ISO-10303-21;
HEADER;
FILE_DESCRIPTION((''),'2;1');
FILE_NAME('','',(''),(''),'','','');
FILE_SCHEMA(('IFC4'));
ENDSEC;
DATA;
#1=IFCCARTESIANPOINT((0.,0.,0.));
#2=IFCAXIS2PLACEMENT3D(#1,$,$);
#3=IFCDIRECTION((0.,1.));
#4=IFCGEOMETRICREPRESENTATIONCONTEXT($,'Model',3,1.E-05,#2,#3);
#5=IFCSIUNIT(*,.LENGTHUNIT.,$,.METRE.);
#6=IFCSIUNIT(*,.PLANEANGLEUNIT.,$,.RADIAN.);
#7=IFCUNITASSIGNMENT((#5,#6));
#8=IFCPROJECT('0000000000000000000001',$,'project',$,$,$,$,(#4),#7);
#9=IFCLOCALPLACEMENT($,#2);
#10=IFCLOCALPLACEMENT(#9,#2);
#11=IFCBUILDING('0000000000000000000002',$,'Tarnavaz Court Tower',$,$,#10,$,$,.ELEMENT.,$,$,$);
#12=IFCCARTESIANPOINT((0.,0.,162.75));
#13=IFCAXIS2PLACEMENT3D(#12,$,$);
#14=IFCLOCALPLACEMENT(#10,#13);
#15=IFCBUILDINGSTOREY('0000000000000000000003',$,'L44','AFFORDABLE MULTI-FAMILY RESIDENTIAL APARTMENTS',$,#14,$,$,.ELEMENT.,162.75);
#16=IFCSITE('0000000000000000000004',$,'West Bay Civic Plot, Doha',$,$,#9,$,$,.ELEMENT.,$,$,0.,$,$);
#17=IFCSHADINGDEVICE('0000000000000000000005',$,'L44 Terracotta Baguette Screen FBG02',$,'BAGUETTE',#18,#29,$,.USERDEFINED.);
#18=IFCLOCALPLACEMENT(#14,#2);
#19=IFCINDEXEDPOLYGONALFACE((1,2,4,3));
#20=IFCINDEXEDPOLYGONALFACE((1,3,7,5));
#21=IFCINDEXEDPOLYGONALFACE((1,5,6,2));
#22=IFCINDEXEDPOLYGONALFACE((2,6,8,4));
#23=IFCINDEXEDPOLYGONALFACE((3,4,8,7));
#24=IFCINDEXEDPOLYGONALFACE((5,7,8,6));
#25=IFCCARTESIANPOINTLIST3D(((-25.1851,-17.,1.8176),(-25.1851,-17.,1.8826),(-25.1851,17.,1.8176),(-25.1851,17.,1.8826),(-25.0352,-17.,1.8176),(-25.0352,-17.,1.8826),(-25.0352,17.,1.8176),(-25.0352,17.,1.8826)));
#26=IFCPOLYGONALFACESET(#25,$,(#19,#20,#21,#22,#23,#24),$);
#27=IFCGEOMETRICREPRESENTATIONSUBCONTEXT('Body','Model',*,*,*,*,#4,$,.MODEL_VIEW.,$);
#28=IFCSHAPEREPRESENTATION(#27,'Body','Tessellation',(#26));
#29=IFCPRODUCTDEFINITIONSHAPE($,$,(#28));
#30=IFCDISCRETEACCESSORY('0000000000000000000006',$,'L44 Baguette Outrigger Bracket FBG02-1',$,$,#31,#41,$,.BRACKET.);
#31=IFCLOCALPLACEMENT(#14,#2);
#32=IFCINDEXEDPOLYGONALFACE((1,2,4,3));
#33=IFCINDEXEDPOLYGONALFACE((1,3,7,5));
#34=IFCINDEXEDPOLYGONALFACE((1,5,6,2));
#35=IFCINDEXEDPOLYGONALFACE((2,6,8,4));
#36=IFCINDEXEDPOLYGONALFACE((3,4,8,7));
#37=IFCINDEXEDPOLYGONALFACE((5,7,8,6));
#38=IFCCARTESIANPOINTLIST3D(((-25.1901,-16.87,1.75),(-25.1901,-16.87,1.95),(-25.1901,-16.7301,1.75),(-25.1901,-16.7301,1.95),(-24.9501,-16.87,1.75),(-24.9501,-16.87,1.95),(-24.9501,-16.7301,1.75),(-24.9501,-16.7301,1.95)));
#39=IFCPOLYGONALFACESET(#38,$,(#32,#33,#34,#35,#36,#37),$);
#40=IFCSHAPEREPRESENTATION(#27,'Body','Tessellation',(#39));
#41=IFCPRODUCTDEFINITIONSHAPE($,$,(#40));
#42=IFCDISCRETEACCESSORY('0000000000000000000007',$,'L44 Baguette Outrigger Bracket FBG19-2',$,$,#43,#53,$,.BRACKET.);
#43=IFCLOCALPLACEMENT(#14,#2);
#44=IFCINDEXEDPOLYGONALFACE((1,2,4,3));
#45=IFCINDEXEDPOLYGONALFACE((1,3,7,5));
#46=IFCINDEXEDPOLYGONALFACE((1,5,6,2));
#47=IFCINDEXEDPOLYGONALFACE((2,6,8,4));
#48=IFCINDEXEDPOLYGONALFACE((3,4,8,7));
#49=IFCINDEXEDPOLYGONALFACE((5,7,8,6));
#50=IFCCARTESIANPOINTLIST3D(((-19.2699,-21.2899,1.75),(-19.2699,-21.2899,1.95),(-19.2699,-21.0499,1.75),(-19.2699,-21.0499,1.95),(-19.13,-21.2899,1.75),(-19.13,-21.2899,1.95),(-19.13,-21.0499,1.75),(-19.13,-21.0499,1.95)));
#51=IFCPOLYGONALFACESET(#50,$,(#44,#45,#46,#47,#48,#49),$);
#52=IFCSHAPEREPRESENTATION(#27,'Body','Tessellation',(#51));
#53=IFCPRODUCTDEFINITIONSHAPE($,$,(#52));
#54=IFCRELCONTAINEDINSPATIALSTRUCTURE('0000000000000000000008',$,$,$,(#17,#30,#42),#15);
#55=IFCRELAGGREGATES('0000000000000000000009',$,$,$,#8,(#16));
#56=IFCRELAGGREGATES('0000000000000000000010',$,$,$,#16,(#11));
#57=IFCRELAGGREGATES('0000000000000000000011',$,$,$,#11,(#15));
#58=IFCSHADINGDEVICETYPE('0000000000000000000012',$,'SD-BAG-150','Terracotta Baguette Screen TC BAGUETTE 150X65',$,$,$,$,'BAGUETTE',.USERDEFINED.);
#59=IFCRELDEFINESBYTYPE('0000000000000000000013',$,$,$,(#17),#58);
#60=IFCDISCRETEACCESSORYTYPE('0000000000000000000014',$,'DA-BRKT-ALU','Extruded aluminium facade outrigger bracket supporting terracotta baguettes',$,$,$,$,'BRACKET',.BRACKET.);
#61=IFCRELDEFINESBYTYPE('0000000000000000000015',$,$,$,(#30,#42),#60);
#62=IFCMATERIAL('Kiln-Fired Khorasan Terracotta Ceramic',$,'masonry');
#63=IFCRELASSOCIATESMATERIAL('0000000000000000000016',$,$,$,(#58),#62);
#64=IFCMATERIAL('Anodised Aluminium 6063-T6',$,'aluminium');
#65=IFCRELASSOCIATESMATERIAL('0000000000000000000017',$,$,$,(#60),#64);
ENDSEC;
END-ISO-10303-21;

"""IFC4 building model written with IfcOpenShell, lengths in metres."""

from ifc_helpers import new_model, si_unit, direction, frame, origin, origin_2d, place, context, subcontext, project, spatial, rectangle, extrude, material, material_profile, profile_set, type_object, element, save


model = new_model("IFC4")

# Units and contexts
model_context = context("Model", 3, precision=1e-05, world=origin(), true_north=direction((0.0, 1.0)))
body_context = subcontext(model_context, "Body", "Model", "MODEL_VIEW")
ifc_project = project(units=[si_unit("LENGTHUNIT", "METRE"), si_unit("PLANEANGLEUNIT", "RADIAN")], contexts=[model_context])

# Site, building, storey
site_placement = place(None, origin())
site = spatial("IfcSite", under=ifc_project, at=site_placement, Name="West Bay Civic Plot, Doha", CompositionType="ELEMENT", RefElevation=0.0)
building_placement = place(site_placement, origin())
building = spatial("IfcBuilding", under=site, at=building_placement, Name="Tarnavaz Court Tower", CompositionType="ELEMENT")
storey_placement = place(building_placement, frame((0.0, 0.0, 162.75)))
storey = spatial("IfcBuildingStorey", under=building, at=storey_placement, Name="L44", Description="AFFORDABLE MULTI-FAMILY RESIDENTIAL APARTMENTS", CompositionType="ELEMENT", Elevation=162.75)

# Shading device
ifc_material_1 = material(Name="Kiln-Fired Khorasan Terracotta Ceramic", Category="masonry")
ifc_material_profile_1 = material_profile(ifc_material_1, rectangle(XDim=0.1499, YDim=0.0649, at=origin_2d()), Name="TC BAGUETTE 150X65")
ifc_profile_set_1 = profile_set([ifc_material_profile_1], Name="Kiln-Fired Khorasan Terracotta Ceramic")
shading_device_type = type_object("IfcShadingDeviceType", Name="SD-BAG-150", Description="Terracotta Baguette Screen TC BAGUETTE 150X65", ElementType="BAGUETTE", PredefinedType="USERDEFINED", material=ifc_profile_set_1)
shading_device_placement = place(storey_placement, frame((-25.1101, -17.0, 1.8501), z_axis=(0.0, 1.0, 0.0), x_axis=(-1.0, 0.0, 0.0)))
element("IfcShadingDevice", 1, at=shading_device_placement, inside=storey, type_object=shading_device_type, Name="L44 Terracotta Baguette Screen FBG02", ObjectType="BAGUETTE", PredefinedType="USERDEFINED", context=body_context, shape_type="SweptSolid", body=[
    extrude(rectangle(XDim=0.1499, YDim=0.0649, at=origin_2d()), origin(), (0.0, 0.0, 1.0), 34.0),
])

# Discrete accessories
ifc_material_2 = material(Name="Anodised Aluminium 6063-T6", Category="aluminium")
discrete_accessory_type = type_object("IfcDiscreteAccessoryType", Name="DA-BRKT-ALU", Description="Extruded aluminium facade outrigger bracket supporting terracotta baguettes", ElementType="BRACKET", PredefinedType="BRACKET", material=ifc_material_2)
for number, where, z_axis, x_axis, name in (
    (2, (-25.0701, -16.8, 1.75), (0.0, 0.0, 1.0), (0.0, 1.0, 0.0), "L44 Baguette Outrigger Bracket FBG02-1"),
    (3, (-19.2, -21.1699, 1.75), (0.0, 0.0, 1.0), (-1.0, 0.0, 0.0), "L44 Baguette Outrigger Bracket FBG19-2"),
):
    element("IfcDiscreteAccessory", number, at=place(storey_placement, frame(where, z_axis=z_axis, x_axis=x_axis)), inside=storey, type_object=discrete_accessory_type, Name=name, PredefinedType="BRACKET", context=body_context, shape_type="SweptSolid", body=[
        extrude(rectangle(XDim=0.1399, YDim=0.24, at=origin_2d()), origin(), (0.0, 0.0, 1.0), 0.2),
    ])

save(model, "model.ifc")
